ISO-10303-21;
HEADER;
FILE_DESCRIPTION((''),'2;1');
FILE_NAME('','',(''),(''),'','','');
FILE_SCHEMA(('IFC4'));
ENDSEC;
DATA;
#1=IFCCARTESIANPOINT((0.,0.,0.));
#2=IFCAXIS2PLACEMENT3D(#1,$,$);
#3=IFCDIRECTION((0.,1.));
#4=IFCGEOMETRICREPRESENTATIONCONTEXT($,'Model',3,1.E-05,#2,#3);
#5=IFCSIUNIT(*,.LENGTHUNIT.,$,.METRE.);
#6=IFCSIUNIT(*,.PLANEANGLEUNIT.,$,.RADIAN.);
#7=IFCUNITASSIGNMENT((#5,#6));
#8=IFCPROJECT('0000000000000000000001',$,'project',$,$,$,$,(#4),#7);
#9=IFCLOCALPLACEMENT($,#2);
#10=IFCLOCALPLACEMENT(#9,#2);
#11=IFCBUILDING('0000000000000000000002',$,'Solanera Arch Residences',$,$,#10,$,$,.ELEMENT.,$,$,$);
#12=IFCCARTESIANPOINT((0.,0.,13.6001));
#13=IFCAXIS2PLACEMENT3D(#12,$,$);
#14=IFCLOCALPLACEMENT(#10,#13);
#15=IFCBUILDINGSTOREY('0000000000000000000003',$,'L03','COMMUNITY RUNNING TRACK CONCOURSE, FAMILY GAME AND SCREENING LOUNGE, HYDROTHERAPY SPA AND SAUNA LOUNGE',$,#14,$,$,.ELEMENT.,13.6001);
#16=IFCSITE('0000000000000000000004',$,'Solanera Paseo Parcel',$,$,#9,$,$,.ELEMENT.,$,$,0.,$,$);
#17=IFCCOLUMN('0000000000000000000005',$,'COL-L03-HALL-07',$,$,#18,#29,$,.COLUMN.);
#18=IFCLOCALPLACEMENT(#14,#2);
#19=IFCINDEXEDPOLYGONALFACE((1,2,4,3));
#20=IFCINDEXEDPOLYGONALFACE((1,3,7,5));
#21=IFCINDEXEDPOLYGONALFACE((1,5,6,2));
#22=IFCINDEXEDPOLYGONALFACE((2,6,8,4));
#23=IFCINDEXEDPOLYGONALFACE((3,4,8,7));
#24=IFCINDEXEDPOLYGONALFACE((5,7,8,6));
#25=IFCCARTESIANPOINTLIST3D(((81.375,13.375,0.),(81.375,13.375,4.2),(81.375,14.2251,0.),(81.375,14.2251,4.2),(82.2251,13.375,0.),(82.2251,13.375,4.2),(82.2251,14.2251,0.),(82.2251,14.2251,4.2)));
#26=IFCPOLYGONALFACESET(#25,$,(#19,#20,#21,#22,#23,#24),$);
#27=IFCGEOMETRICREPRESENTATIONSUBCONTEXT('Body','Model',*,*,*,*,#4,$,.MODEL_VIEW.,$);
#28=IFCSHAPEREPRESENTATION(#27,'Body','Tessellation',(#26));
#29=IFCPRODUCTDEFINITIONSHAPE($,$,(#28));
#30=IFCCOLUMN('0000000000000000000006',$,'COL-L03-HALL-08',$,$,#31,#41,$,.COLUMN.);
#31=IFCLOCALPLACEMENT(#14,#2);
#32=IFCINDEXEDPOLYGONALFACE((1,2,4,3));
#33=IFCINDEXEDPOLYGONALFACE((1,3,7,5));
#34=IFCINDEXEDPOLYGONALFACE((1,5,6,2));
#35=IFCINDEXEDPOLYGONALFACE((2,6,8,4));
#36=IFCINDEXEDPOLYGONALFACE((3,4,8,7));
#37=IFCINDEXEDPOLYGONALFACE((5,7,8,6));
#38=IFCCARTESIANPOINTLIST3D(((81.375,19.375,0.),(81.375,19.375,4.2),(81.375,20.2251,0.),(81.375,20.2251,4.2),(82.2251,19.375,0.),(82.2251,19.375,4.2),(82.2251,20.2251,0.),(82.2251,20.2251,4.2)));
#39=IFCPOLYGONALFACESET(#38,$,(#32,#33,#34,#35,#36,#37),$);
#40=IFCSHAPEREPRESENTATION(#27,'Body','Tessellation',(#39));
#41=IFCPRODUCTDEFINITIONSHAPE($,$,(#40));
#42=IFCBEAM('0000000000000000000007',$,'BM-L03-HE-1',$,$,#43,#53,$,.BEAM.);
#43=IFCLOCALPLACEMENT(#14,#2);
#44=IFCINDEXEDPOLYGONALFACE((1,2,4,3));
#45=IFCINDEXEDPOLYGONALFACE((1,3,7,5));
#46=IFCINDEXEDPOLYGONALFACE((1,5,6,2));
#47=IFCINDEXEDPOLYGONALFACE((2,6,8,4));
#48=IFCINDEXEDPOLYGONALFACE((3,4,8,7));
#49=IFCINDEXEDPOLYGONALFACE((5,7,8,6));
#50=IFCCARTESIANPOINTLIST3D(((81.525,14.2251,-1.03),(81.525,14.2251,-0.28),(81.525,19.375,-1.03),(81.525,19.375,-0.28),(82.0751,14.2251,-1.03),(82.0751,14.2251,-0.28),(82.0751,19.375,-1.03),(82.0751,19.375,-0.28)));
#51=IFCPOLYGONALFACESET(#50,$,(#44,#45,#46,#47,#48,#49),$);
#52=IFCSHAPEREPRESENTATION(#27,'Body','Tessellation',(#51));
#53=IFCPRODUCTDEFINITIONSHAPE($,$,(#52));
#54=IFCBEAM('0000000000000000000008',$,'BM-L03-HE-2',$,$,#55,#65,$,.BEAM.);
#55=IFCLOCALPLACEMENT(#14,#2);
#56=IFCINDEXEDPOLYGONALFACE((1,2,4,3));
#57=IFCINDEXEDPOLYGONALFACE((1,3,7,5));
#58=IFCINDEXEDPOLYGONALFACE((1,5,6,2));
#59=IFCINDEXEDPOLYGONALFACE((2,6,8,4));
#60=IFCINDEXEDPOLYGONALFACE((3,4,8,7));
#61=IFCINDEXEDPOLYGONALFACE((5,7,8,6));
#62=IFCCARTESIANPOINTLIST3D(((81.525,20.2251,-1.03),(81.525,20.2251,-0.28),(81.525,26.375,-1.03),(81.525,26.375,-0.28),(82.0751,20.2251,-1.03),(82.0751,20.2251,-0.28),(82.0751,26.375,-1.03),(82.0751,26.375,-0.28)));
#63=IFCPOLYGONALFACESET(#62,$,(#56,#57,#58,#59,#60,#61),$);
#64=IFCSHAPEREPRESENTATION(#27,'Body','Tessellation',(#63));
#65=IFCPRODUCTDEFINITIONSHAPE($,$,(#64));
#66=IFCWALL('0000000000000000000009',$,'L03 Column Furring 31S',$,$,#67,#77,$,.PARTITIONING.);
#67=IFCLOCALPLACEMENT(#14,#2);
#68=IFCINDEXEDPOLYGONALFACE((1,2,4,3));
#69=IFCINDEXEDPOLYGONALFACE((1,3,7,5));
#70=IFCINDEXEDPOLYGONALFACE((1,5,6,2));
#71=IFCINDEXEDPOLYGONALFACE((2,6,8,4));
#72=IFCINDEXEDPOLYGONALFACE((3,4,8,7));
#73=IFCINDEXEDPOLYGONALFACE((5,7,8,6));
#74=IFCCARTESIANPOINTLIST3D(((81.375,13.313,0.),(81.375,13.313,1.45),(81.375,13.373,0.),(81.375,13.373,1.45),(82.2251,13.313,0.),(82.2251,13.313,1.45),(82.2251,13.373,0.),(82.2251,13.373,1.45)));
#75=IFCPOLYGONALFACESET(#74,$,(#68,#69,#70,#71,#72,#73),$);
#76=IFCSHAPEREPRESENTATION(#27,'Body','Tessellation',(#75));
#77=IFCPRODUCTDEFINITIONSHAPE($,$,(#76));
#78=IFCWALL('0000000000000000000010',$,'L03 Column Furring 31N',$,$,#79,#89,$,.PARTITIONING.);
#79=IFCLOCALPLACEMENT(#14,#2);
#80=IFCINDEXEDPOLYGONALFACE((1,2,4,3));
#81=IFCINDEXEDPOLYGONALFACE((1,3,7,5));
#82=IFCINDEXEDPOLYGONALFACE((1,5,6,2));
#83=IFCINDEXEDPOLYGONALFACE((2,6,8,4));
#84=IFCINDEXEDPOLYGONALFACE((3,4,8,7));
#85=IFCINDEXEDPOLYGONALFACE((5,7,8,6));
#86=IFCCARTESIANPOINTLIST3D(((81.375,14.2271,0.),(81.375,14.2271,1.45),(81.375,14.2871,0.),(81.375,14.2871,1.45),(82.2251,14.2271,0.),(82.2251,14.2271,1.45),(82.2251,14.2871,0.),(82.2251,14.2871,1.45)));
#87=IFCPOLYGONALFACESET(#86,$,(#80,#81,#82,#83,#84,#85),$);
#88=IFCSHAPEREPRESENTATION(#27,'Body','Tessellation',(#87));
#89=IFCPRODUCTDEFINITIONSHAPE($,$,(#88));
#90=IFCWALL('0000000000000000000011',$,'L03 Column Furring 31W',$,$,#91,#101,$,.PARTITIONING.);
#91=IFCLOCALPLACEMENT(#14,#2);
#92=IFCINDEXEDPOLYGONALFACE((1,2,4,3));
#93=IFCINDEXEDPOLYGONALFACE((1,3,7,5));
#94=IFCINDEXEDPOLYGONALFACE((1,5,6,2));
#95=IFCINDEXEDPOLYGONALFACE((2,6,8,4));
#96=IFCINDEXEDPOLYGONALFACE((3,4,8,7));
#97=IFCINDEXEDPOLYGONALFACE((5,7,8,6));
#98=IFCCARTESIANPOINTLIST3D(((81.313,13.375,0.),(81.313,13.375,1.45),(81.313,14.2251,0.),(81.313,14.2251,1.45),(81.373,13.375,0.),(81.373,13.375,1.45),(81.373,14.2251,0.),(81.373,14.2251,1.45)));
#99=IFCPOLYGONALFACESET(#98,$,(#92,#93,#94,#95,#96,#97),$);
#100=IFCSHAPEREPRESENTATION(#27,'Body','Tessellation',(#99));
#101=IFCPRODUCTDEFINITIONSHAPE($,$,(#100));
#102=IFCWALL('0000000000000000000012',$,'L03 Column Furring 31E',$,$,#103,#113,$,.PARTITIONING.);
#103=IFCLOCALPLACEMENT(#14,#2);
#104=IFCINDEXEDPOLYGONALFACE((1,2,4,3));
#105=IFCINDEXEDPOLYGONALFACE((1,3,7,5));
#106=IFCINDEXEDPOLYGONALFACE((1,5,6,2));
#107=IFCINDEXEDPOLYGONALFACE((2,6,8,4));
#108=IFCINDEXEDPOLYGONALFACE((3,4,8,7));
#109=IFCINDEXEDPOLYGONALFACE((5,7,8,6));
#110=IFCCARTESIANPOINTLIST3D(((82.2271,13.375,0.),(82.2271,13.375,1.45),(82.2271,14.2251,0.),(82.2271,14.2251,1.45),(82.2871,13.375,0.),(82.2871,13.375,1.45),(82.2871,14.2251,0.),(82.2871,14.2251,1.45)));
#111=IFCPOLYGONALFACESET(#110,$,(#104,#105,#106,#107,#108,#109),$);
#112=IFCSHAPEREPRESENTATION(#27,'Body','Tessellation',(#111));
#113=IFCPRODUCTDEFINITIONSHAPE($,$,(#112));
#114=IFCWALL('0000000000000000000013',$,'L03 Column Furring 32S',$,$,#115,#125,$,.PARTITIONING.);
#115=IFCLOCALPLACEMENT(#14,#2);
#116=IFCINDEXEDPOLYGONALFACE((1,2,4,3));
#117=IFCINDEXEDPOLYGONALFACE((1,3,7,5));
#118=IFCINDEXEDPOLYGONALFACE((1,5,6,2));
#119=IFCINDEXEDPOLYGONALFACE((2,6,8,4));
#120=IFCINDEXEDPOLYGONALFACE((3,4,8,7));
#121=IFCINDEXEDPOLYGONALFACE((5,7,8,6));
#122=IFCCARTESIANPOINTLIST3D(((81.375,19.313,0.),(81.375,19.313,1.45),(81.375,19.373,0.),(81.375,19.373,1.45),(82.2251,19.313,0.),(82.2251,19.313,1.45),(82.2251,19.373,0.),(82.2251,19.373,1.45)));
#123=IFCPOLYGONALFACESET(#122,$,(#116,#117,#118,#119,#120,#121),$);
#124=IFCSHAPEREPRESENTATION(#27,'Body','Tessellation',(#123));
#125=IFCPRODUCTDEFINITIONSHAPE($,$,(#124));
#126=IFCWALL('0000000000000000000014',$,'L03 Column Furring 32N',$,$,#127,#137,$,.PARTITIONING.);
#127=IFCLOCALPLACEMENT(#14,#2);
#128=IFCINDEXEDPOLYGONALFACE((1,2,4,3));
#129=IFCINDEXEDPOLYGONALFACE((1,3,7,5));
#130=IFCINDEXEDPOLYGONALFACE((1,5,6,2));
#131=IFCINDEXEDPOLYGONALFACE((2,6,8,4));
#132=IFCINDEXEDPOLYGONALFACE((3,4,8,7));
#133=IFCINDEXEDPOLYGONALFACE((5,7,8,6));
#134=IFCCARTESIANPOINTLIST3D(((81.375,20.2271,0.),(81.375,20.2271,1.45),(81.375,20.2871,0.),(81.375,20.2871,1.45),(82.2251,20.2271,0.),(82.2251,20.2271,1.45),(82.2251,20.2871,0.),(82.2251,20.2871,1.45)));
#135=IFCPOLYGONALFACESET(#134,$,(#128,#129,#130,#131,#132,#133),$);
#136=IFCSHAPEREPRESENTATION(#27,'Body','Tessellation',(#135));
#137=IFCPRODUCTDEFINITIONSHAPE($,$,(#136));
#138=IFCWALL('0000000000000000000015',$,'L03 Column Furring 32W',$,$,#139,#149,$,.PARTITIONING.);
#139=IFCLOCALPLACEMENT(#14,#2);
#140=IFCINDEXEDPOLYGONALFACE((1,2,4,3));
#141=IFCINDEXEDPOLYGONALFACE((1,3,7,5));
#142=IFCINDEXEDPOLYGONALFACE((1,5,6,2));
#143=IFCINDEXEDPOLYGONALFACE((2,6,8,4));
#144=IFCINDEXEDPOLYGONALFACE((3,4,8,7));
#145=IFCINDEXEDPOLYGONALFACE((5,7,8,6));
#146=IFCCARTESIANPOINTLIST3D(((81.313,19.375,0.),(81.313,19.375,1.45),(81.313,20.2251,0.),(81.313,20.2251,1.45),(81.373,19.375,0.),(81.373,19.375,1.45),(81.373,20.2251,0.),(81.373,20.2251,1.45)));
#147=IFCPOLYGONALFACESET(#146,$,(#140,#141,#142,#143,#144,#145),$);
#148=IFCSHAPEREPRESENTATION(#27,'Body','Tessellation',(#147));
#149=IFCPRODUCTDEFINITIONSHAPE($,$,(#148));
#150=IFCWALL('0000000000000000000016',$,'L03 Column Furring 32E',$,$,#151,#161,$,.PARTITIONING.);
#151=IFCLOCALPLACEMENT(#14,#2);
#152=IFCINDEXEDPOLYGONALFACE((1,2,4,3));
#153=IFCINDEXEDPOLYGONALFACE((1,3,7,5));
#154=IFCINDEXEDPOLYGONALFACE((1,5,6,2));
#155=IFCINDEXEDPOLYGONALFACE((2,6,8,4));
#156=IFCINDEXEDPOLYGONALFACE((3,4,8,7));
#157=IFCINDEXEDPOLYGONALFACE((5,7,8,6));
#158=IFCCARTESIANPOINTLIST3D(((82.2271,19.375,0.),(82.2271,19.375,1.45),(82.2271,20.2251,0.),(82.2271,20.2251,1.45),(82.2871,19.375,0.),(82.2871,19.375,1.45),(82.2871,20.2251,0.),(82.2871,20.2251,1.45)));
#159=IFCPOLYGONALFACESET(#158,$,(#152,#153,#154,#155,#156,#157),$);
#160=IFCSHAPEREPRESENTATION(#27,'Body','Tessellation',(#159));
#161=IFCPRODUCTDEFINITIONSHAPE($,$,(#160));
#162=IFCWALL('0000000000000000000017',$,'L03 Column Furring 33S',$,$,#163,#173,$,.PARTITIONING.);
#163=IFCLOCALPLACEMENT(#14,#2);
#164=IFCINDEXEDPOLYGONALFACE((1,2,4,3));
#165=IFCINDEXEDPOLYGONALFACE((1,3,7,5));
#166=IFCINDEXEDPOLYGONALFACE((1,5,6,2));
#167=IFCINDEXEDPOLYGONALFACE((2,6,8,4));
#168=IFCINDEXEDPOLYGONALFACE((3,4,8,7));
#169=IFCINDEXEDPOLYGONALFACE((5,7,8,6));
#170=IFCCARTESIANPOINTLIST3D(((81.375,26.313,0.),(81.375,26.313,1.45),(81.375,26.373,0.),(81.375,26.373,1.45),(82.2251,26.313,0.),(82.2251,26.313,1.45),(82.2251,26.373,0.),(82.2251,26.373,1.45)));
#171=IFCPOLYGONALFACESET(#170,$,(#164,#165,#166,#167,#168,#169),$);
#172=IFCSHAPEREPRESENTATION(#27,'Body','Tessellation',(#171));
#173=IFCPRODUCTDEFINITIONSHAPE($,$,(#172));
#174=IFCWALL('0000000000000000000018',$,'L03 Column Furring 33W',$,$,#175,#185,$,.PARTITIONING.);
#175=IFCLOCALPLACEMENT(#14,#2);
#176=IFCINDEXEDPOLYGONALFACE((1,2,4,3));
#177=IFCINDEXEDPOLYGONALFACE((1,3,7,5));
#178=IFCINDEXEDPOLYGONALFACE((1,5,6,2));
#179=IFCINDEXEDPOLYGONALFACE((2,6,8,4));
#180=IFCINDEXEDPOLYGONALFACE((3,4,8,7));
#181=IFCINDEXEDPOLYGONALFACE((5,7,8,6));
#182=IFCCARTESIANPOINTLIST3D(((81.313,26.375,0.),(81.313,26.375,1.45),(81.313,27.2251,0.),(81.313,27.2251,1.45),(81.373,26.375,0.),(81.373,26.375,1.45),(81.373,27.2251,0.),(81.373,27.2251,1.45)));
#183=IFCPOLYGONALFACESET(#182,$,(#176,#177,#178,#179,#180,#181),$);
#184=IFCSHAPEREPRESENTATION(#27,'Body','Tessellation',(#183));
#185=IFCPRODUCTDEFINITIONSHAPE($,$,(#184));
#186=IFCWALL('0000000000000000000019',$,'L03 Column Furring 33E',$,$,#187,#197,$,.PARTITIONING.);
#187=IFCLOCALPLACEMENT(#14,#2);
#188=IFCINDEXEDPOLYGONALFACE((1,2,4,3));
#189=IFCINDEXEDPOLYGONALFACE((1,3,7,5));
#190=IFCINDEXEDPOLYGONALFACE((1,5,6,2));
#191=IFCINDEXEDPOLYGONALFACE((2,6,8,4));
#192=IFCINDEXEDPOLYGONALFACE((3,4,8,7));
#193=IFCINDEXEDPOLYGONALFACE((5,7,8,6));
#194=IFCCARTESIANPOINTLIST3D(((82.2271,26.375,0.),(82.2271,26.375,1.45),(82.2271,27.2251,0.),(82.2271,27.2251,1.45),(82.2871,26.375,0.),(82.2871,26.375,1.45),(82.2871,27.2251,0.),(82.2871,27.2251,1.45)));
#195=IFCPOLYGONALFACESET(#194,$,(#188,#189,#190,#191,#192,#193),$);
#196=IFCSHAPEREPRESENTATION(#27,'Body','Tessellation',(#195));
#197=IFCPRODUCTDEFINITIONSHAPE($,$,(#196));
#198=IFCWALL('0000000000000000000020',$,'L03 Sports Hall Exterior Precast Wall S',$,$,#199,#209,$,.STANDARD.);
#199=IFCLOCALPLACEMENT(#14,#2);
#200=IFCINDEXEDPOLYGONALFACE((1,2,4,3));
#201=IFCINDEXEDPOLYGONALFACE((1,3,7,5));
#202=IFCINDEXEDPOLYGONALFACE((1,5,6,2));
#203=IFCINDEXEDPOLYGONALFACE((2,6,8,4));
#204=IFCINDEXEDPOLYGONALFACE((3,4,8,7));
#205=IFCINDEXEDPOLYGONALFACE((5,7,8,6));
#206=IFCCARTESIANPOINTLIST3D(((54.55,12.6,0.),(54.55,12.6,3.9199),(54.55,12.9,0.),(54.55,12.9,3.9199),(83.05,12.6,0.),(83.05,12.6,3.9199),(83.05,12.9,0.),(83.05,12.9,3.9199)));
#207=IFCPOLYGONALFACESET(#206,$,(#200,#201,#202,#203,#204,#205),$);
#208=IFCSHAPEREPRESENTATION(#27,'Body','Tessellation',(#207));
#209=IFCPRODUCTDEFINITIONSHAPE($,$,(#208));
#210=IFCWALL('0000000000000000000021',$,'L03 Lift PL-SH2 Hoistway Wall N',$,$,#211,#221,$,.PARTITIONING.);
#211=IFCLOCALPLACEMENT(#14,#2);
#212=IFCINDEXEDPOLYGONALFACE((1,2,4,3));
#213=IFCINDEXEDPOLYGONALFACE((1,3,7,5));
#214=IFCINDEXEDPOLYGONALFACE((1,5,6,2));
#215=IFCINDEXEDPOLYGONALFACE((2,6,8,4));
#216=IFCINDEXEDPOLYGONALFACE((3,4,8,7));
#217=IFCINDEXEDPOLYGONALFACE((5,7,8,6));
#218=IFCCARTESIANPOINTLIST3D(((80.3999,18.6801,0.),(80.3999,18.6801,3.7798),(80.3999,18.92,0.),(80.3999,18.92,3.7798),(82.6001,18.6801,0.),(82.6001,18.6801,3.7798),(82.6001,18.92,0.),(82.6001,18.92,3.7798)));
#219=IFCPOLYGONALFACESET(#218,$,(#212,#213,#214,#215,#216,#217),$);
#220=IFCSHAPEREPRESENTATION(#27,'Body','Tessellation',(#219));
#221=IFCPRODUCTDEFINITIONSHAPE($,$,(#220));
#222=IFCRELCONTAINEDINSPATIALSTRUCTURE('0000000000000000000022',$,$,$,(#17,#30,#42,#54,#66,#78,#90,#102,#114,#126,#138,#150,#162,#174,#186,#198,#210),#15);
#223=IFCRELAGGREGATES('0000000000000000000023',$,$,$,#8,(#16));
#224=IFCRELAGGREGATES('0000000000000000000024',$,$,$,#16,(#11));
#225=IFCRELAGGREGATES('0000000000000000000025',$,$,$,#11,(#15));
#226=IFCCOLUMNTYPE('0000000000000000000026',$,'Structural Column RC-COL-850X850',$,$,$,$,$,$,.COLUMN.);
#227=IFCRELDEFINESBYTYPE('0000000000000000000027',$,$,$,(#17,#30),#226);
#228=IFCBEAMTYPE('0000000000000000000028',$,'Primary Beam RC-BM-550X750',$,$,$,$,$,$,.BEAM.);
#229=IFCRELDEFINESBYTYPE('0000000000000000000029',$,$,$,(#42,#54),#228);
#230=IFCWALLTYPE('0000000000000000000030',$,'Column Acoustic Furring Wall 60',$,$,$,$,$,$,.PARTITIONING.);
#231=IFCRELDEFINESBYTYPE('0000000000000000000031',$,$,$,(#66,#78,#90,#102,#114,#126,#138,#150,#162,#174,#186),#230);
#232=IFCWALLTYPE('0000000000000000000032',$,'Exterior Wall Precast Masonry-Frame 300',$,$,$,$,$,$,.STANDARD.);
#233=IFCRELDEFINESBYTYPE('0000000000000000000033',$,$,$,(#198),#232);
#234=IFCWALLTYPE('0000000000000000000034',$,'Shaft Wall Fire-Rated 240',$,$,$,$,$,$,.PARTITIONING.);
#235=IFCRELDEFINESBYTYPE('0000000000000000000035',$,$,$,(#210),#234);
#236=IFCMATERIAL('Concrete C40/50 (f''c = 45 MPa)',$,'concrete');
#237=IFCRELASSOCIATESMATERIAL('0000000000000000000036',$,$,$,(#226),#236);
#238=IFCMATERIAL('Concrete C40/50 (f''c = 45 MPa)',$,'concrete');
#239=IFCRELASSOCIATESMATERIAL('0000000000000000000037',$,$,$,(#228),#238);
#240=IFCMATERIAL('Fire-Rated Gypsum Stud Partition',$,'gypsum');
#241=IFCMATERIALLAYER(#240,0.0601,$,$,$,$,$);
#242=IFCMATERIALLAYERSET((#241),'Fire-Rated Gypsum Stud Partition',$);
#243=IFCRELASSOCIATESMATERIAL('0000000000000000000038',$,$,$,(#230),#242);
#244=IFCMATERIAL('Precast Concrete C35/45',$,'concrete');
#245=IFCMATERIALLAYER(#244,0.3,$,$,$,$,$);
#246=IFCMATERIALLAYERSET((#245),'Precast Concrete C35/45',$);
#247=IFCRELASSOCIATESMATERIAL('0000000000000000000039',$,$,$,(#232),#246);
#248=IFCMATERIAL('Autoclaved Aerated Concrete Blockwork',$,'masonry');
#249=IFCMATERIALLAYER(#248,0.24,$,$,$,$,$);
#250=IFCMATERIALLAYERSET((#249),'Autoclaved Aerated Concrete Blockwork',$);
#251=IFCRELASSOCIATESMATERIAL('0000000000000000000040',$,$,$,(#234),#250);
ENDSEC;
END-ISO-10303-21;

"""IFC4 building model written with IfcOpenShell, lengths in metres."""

from ifc_helpers import new_model, si_unit, direction, frame, frame_2d, origin, origin_2d, place, context, subcontext, project, spatial, rectangle, extrude, material, layer, layer_set, material_profile, profile_set, type_object, element, save


model = new_model("IFC4")

# Units and contexts
model_context = context("Model", 3, precision=1e-05, world=origin(), true_north=direction((0.0, 1.0)))
body_context = subcontext(model_context, "Body", "Model", "MODEL_VIEW")
ifc_project = project(units=[si_unit("LENGTHUNIT", "METRE"), si_unit("PLANEANGLEUNIT", "RADIAN")], contexts=[model_context])

# Site, building, storey
site_placement = place(None, origin())
site = spatial("IfcSite", under=ifc_project, at=site_placement, Name="Solanera Paseo Parcel", CompositionType="ELEMENT", RefElevation=0.0)
building_placement = place(site_placement, origin())
building = spatial("IfcBuilding", under=site, at=building_placement, Name="Solanera Arch Residences", CompositionType="ELEMENT")
storey_placement = place(building_placement, frame((0.0, 0.0, 13.6001)))
storey = spatial("IfcBuildingStorey", under=building, at=storey_placement, Name="L03", Description="COMMUNITY RUNNING TRACK CONCOURSE, FAMILY GAME AND SCREENING LOUNGE, HYDROTHERAPY SPA AND SAUNA LOUNGE", CompositionType="ELEMENT", Elevation=13.6001)

# Columns
ifc_material_1 = material(Name="Concrete C40/50 (f'c = 45 MPa)", Category="concrete")
ifc_material_profile_1 = material_profile(ifc_material_1, rectangle(XDim=0.8501, YDim=0.8501, at=origin_2d()))
ifc_profile_set_1 = profile_set([ifc_material_profile_1], Name="Concrete C40/50 (f'c = 45 MPa)")
column_type = type_object("IfcColumnType", Name="Structural Column RC-COL-850X850", PredefinedType="COLUMN", material=ifc_profile_set_1)
for number, where, z_axis, x_axis, name in (
    (1, (81.8, 13.8, 0.0), (0.0, 0.0, 1.0), (1.0, 0.0, 0.0), "COL-L03-HALL-07"),
    (2, (81.8, 19.8, 0.0), (0.0, 0.0, 1.0), (1.0, 0.0, 0.0), "COL-L03-HALL-08"),
):
    element("IfcColumn", number, at=place(storey_placement, frame(where, z_axis=z_axis, x_axis=x_axis)), inside=storey, type_object=column_type, Name=name, PredefinedType="COLUMN", context=body_context, shape_type="SweptSolid", body=[
        extrude(rectangle(XDim=0.8501, YDim=0.8501, at=origin_2d()), origin(), (0.0, 0.0, 1.0), 4.2),
    ])

# Beams
ifc_material_2 = material(Name="Concrete C40/50 (f'c = 45 MPa)", Category="concrete")
ifc_material_profile_2 = material_profile(ifc_material_2, rectangle(XDim=0.55, YDim=0.75, at=origin_2d()))
ifc_profile_set_2 = profile_set([ifc_material_profile_2], Name="Concrete C40/50 (f'c = 45 MPa)")
beam_type = type_object("IfcBeamType", Name="Primary Beam RC-BM-550X750", PredefinedType="BEAM", material=ifc_profile_set_2)
beam_1_placement = place(storey_placement, frame((81.8, 14.2251, -0.655), z_axis=(0.0, 1.0, 0.0), x_axis=(-1.0, 0.0, 0.0)))
element("IfcBeam", 3, at=beam_1_placement, inside=storey, type_object=beam_type, Name="BM-L03-HE-1", PredefinedType="BEAM", context=body_context, shape_type="SweptSolid", body=[
    extrude(rectangle(XDim=0.55, YDim=0.75, at=origin_2d()), origin(), (0.0, 0.0, 1.0), 5.1499),
])
beam_2_placement = place(storey_placement, frame((81.8, 20.2251, -0.655), z_axis=(0.0, 1.0, 0.0), x_axis=(-1.0, 0.0, 0.0)))
element("IfcBeam", 4, at=beam_2_placement, inside=storey, type_object=beam_type, Name="BM-L03-HE-2", PredefinedType="BEAM", context=body_context, shape_type="SweptSolid", body=[
    extrude(rectangle(XDim=0.55, YDim=0.75, at=origin_2d()), origin(), (0.0, 0.0, 1.0), 6.1499),
])

# Walls
ifc_material_3 = material(Name="Fire-Rated Gypsum Stud Partition", Category="gypsum")
ifc_layer_1 = layer(ifc_material_3, 0.0601)
ifc_layer_set_1 = layer_set([ifc_layer_1], Name="Fire-Rated Gypsum Stud Partition")
wall_type_1 = type_object("IfcWallType", Name="Column Acoustic Furring Wall 60", PredefinedType="PARTITIONING", material=ifc_layer_set_1)
for number, where, z_axis, x_axis, name in (
    (5, (81.375, 13.343, 0.0), (0.0, 0.0, 1.0), (1.0, 0.0, 0.0), "L03 Column Furring 31S"),
    (6, (81.375, 14.2571, 0.0), (0.0, 0.0, 1.0), (1.0, 0.0, 0.0), "L03 Column Furring 31N"),
    (7, (81.343, 13.375, 0.0), (0.0, 0.0, 1.0), (0.0, 1.0, 0.0), "L03 Column Furring 31W"),
    (8, (82.2571, 13.375, 0.0), (0.0, 0.0, 1.0), (0.0, 1.0, 0.0), "L03 Column Furring 31E"),
    (9, (81.375, 19.343, 0.0), (0.0, 0.0, 1.0), (1.0, 0.0, 0.0), "L03 Column Furring 32S"),
    (10, (81.375, 20.2571, 0.0), (0.0, 0.0, 1.0), (1.0, 0.0, 0.0), "L03 Column Furring 32N"),
    (11, (81.343, 19.375, 0.0), (0.0, 0.0, 1.0), (0.0, 1.0, 0.0), "L03 Column Furring 32W"),
    (12, (82.2571, 19.375, 0.0), (0.0, 0.0, 1.0), (0.0, 1.0, 0.0), "L03 Column Furring 32E"),
    (13, (81.375, 26.343, 0.0), (0.0, 0.0, 1.0), (1.0, 0.0, 0.0), "L03 Column Furring 33S"),
    (14, (81.343, 26.375, 0.0), (0.0, 0.0, 1.0), (0.0, 1.0, 0.0), "L03 Column Furring 33W"),
    (15, (82.2571, 26.375, 0.0), (0.0, 0.0, 1.0), (0.0, 1.0, 0.0), "L03 Column Furring 33E"),
):
    element("IfcWall", number, at=place(storey_placement, frame(where, z_axis=z_axis, x_axis=x_axis)), inside=storey, type_object=wall_type_1, Name=name, PredefinedType="PARTITIONING", context=body_context, shape_type="SweptSolid", body=[
        extrude(rectangle(XDim=0.8501, YDim=0.0601, at=frame_2d((0.425, 0.0))), origin(), (0.0, 0.0, 1.0), 1.45),
    ])
ifc_material_4 = material(Name="Precast Concrete C35/45", Category="concrete")
ifc_layer_2 = layer(ifc_material_4, 0.3)
ifc_layer_set_2 = layer_set([ifc_layer_2], Name="Precast Concrete C35/45")
wall_type_2 = type_object("IfcWallType", Name="Exterior Wall Precast Masonry-Frame 300", PredefinedType="STANDARD", material=ifc_layer_set_2)
wall_1_placement = place(storey_placement, frame((83.05, 12.75, 0.0), z_axis=(0.0, 0.0, 1.0), x_axis=(-1.0, 0.0, 0.0)))
element("IfcWall", 16, at=wall_1_placement, inside=storey, type_object=wall_type_2, Name="L03 Sports Hall Exterior Precast Wall S", PredefinedType="STANDARD", context=body_context, shape_type="SweptSolid", body=[
    extrude(rectangle(XDim=28.5, YDim=0.3, at=frame_2d((14.25, 0.0))), origin(), (0.0, 0.0, 1.0), 3.9199),
])
ifc_material_5 = material(Name="Autoclaved Aerated Concrete Blockwork", Category="masonry")
ifc_layer_3 = layer(ifc_material_5, 0.24)
ifc_layer_set_3 = layer_set([ifc_layer_3], Name="Autoclaved Aerated Concrete Blockwork")
wall_type_3 = type_object("IfcWallType", Name="Shaft Wall Fire-Rated 240", PredefinedType="PARTITIONING", material=ifc_layer_set_3)
wall_2_placement = place(storey_placement, frame((80.3999, 18.8, 0.0), z_axis=(0.0, 0.0, 1.0), x_axis=(1.0, 0.0, 0.0)))
element("IfcWall", 17, at=wall_2_placement, inside=storey, type_object=wall_type_3, Name="L03 Lift PL-SH2 Hoistway Wall N", PredefinedType="PARTITIONING", context=body_context, shape_type="SweptSolid", body=[
    extrude(rectangle(XDim=2.2002, YDim=0.24, at=frame_2d((1.1001, 0.0))), origin(), (0.0, 0.0, 1.0), 3.7798),
])

save(model, "model.ifc")
